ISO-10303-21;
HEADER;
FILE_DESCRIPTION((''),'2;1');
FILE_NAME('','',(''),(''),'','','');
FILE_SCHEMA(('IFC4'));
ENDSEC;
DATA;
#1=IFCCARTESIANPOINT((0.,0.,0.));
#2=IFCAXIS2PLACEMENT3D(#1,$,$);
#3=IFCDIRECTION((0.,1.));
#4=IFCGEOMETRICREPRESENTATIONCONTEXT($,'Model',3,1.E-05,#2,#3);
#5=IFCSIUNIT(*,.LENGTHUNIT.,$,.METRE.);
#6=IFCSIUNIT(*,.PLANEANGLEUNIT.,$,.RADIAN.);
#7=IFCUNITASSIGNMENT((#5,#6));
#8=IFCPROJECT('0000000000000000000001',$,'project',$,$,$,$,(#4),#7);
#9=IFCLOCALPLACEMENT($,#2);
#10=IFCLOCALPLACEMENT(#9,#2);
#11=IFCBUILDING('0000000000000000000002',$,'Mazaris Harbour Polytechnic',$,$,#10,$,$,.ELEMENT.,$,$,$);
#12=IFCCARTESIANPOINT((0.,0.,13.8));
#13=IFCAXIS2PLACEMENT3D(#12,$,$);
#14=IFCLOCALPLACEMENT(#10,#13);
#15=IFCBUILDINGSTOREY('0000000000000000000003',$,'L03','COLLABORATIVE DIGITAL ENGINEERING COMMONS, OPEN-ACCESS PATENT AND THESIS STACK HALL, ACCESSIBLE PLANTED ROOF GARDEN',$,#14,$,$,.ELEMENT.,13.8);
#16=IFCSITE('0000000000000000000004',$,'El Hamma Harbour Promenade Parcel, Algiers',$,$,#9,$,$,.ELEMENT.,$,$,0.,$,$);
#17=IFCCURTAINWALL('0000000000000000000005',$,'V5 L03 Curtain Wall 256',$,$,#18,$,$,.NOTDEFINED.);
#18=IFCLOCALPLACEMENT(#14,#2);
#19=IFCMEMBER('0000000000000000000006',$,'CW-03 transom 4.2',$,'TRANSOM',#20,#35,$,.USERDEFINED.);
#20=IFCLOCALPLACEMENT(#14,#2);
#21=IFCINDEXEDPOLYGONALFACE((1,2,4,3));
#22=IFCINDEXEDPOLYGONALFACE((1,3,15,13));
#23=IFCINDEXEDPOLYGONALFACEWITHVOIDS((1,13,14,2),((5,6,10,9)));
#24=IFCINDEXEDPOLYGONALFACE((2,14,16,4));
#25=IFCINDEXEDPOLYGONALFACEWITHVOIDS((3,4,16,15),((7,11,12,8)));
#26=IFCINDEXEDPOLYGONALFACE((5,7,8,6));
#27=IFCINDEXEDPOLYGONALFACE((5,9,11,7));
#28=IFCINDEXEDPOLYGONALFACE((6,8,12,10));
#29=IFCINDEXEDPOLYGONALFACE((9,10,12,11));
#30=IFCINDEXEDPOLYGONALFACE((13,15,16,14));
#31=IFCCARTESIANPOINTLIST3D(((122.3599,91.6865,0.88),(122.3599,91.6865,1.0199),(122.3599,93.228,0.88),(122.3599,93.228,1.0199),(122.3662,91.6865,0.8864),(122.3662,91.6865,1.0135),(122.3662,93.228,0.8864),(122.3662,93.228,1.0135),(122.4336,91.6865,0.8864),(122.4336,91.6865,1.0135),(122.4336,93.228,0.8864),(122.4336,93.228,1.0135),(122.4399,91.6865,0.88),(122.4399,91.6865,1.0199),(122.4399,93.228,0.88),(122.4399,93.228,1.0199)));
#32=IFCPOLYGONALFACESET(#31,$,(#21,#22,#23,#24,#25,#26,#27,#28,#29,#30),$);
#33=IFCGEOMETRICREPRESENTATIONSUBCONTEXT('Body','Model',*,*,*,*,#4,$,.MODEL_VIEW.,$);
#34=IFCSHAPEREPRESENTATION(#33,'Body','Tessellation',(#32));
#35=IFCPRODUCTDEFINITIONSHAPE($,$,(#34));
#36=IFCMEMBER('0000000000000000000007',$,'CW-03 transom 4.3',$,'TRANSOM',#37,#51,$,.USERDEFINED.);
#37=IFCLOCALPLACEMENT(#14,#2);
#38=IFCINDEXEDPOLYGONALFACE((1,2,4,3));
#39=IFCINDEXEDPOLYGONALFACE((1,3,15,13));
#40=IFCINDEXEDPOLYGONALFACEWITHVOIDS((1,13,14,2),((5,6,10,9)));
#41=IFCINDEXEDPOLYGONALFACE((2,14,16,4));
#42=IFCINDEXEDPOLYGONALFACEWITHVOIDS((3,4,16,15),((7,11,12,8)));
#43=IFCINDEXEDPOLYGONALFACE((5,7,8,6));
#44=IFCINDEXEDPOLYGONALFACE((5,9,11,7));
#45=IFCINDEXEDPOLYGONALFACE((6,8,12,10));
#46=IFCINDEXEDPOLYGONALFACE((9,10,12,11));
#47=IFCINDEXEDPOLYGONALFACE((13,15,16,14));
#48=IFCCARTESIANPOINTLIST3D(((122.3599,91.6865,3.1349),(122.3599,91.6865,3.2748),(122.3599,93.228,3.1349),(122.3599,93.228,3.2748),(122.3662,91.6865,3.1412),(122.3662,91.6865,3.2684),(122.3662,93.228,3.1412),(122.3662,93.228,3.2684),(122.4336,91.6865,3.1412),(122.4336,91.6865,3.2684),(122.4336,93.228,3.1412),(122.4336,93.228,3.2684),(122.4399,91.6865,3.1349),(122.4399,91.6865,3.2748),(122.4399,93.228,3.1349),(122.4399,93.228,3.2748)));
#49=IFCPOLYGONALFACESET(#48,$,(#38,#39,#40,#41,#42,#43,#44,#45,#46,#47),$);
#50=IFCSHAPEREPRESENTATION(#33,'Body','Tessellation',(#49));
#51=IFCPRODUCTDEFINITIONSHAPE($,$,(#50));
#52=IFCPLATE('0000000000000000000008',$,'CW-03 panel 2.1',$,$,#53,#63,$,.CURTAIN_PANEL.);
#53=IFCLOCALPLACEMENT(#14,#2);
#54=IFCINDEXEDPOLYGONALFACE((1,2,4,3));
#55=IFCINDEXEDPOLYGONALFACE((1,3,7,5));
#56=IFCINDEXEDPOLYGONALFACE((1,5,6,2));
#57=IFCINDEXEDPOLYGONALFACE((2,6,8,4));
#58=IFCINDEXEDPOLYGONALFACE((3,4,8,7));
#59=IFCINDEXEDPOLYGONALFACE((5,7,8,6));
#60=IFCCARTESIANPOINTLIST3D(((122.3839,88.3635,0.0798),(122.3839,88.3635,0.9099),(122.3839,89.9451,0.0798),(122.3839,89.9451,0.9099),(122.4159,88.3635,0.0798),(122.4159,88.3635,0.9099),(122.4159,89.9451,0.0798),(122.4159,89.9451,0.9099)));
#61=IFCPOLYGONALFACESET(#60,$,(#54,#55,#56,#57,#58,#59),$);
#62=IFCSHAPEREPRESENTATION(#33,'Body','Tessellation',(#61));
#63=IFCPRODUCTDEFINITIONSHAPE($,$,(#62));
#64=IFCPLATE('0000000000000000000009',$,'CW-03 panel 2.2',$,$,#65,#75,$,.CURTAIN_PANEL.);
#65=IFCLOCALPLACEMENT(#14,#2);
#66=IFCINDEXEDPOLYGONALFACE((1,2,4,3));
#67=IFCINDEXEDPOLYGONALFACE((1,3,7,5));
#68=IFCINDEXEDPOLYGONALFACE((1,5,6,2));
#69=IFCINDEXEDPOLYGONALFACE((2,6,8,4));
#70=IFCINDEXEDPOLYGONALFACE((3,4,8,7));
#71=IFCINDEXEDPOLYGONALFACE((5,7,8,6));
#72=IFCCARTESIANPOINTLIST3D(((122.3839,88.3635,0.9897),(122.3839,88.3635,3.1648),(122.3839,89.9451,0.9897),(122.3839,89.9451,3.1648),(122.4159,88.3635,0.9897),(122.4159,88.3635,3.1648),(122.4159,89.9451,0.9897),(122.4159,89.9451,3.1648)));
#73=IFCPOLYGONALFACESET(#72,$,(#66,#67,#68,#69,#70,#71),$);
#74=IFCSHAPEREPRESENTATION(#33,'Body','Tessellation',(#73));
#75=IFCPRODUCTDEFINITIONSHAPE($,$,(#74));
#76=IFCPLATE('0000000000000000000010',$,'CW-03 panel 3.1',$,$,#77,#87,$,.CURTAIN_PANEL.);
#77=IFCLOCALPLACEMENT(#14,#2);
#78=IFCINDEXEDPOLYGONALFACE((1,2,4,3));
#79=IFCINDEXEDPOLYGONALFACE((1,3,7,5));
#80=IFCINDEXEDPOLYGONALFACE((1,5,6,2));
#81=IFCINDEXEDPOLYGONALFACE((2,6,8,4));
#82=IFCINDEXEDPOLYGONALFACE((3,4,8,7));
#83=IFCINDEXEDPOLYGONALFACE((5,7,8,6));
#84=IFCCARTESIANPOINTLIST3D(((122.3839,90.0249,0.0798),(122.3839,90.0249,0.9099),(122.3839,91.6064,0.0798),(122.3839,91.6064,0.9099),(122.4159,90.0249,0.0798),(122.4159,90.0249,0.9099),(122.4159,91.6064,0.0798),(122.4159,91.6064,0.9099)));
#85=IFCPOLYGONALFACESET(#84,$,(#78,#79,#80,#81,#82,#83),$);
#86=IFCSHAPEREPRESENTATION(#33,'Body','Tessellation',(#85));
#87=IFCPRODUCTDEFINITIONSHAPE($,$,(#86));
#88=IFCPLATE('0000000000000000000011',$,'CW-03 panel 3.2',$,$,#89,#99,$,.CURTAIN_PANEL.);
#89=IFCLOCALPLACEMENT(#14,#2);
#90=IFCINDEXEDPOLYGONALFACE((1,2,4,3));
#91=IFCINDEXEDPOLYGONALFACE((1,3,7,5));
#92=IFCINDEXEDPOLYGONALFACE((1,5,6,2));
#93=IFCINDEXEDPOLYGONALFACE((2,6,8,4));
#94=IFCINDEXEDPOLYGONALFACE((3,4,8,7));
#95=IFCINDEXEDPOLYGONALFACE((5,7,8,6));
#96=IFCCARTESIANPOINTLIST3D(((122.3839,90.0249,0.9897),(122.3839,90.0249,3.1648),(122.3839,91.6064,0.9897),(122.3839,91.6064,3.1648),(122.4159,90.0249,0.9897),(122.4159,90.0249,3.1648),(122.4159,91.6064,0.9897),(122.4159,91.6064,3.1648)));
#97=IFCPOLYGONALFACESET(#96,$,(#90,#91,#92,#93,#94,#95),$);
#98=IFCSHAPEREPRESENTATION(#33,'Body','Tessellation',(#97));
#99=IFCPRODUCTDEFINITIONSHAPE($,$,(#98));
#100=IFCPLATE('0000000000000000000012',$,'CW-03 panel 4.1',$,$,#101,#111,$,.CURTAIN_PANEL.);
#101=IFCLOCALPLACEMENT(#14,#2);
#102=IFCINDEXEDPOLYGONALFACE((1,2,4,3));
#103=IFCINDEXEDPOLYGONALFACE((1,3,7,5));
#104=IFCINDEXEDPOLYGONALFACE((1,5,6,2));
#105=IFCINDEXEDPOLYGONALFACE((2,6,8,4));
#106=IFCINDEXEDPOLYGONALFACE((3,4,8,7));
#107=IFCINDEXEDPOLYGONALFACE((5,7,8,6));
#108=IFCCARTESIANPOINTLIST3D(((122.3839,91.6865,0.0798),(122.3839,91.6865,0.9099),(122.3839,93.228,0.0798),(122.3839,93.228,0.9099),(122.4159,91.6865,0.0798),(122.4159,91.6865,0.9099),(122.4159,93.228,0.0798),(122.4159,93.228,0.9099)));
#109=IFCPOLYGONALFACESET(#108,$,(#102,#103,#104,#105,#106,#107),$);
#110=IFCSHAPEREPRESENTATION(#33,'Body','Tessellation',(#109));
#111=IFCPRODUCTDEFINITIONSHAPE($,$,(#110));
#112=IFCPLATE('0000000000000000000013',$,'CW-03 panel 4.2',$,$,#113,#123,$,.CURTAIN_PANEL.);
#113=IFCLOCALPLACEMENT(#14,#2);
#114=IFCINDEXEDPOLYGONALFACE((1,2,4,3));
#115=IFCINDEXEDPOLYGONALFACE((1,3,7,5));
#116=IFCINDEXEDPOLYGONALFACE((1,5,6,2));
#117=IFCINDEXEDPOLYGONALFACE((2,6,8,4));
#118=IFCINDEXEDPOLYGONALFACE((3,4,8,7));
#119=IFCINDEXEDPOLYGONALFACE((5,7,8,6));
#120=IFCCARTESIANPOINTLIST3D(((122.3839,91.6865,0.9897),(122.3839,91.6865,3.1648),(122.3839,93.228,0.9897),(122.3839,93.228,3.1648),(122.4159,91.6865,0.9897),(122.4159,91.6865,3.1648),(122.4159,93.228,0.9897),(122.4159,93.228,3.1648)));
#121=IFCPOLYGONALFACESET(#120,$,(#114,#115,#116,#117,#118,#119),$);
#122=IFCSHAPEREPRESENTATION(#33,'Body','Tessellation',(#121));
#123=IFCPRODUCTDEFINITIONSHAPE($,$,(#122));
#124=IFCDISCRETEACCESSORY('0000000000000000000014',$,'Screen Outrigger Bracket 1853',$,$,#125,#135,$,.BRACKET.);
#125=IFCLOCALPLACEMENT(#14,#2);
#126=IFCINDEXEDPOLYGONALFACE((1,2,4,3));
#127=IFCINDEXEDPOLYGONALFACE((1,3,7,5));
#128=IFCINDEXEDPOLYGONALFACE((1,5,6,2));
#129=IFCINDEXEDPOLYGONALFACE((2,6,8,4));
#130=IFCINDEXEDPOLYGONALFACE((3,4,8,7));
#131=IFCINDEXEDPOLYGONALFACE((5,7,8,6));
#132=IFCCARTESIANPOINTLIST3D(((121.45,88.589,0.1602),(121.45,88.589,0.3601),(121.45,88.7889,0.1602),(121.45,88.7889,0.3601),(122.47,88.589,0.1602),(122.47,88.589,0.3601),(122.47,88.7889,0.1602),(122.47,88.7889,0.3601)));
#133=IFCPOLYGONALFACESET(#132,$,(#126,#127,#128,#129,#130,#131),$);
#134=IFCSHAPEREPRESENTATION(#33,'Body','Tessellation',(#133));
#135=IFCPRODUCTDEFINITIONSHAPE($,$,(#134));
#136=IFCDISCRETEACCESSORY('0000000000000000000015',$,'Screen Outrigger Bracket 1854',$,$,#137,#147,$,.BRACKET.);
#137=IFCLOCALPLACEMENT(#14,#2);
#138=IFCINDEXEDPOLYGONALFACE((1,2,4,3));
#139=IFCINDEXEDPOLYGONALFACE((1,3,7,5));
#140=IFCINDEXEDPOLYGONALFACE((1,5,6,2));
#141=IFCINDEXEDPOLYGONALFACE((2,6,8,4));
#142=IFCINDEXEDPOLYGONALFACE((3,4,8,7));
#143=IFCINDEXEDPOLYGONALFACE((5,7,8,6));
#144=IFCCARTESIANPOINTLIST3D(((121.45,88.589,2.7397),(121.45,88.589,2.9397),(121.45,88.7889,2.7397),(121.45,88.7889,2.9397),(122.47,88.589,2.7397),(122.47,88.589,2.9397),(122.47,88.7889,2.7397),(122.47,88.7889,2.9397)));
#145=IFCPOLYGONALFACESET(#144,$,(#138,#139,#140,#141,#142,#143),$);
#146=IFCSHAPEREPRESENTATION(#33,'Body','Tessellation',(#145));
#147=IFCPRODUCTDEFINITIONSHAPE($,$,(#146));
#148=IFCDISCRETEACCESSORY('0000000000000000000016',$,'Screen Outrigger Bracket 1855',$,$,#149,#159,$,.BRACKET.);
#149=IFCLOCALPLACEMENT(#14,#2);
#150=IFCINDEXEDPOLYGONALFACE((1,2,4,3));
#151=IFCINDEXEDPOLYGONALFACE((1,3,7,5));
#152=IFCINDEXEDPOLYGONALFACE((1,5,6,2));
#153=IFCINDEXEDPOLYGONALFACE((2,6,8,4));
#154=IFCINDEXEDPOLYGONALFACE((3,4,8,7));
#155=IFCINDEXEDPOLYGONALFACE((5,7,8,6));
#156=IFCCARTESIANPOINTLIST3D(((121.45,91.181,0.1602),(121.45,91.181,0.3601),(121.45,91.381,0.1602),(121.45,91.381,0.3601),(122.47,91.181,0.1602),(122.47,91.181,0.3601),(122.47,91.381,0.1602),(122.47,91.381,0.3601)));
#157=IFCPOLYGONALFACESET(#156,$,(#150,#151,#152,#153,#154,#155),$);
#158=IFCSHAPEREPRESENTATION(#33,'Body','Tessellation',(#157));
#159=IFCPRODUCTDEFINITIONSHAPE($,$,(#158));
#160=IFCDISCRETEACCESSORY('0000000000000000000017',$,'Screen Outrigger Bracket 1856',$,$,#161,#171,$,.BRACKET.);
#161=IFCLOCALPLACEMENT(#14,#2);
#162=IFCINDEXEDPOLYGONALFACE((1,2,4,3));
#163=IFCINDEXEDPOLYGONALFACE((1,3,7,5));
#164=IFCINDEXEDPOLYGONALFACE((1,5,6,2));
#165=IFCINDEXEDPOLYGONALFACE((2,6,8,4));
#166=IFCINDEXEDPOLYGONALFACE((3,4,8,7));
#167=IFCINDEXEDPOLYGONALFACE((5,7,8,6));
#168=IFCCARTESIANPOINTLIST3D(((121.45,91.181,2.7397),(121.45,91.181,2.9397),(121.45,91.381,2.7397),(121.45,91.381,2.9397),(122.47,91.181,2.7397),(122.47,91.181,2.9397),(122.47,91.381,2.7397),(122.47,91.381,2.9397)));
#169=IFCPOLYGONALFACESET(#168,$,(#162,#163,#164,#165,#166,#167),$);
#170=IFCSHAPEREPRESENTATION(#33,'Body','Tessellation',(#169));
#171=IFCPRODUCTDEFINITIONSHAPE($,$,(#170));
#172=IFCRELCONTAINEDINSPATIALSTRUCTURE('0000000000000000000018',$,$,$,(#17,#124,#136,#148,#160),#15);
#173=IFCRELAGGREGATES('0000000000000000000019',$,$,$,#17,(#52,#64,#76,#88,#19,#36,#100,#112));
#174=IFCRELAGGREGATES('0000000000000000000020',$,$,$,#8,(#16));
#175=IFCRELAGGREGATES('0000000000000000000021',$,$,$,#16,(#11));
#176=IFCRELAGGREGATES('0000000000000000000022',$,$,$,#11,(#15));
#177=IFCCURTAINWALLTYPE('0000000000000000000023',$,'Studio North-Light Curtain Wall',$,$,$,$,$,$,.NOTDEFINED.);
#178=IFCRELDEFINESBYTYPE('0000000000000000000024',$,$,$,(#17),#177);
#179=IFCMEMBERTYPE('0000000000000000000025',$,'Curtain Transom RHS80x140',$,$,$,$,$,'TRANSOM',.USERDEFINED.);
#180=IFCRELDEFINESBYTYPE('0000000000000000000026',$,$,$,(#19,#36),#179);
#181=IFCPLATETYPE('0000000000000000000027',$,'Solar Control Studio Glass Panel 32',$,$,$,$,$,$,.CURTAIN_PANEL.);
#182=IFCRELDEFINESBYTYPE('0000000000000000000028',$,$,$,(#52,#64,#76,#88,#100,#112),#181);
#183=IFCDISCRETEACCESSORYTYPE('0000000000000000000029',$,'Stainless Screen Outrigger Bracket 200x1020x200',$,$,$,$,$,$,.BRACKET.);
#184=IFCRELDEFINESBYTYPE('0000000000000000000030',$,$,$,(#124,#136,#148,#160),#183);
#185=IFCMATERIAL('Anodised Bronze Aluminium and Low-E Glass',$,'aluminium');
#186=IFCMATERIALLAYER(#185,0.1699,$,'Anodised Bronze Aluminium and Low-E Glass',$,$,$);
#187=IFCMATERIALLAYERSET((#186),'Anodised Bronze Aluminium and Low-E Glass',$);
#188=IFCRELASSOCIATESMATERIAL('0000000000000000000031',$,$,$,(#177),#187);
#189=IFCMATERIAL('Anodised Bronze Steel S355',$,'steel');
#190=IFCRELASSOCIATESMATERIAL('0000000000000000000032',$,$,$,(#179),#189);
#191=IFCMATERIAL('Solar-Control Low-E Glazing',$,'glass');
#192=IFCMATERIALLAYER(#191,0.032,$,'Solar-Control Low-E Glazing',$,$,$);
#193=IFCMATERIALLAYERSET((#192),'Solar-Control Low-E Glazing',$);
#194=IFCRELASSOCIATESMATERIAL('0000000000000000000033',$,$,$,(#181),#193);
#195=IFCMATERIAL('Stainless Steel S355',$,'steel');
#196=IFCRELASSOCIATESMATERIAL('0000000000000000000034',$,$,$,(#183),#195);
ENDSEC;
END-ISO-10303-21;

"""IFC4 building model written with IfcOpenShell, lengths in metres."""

from ifc_helpers import new_model, si_unit, direction, frame, origin, origin_2d, place, context, subcontext, project, spatial, rectangle, hollow_rectangle, extrude, material, layer, layer_set, material_profile, profile_set, type_object, element, aggregate, save


model = new_model("IFC4")

# Units and contexts
model_context = context("Model", 3, precision=1e-05, world=origin(), true_north=direction((0.0, 1.0)))
body_context = subcontext(model_context, "Body", "Model", "MODEL_VIEW")
ifc_project = project(units=[si_unit("LENGTHUNIT", "METRE"), si_unit("PLANEANGLEUNIT", "RADIAN")], contexts=[model_context])

# Site, building, storey
site_placement = place(None, origin())
site = spatial("IfcSite", under=ifc_project, at=site_placement, Name="El Hamma Harbour Promenade Parcel, Algiers", CompositionType="ELEMENT", RefElevation=0.0)
building_placement = place(site_placement, origin())
building = spatial("IfcBuilding", under=site, at=building_placement, Name="Mazaris Harbour Polytechnic", CompositionType="ELEMENT")
storey_placement = place(building_placement, frame((0.0, 0.0, 13.8)))
storey = spatial("IfcBuildingStorey", under=building, at=storey_placement, Name="L03", Description="COLLABORATIVE DIGITAL ENGINEERING COMMONS, OPEN-ACCESS PATENT AND THESIS STACK HALL, ACCESSIBLE PLANTED ROOF GARDEN", CompositionType="ELEMENT", Elevation=13.8)

# Curtain wall, members, plates
ifc_material_1 = material(Name="Anodised Bronze Aluminium and Low-E Glass", Category="aluminium")
ifc_layer_1 = layer(ifc_material_1, 0.1699, Name="Anodised Bronze Aluminium and Low-E Glass")
ifc_layer_set_1 = layer_set([ifc_layer_1], Name="Anodised Bronze Aluminium and Low-E Glass")
curtain_wall_type = type_object("IfcCurtainWallType", Name="Studio North-Light Curtain Wall", PredefinedType="NOTDEFINED", material=ifc_layer_set_1)
curtain_wall_placement = place(storey_placement, origin())
curtain_wall = element("IfcCurtainWall", 1, at=curtain_wall_placement, inside=storey, type_object=curtain_wall_type, Name="V5 L03 Curtain Wall 256", PredefinedType="NOTDEFINED")
ifc_material_2 = material(Name="Anodised Bronze Steel S355", Category="steel")
ifc_material_profile_1 = material_profile(ifc_material_2, hollow_rectangle(XDim=0.0801, YDim=0.1399, WallThickness=0.0063, at=origin_2d()), Name="RHS 80x140x6.3")
ifc_profile_set_1 = profile_set([ifc_material_profile_1], Name="Anodised Bronze Steel S355")
member_type_1 = type_object("IfcMemberType", Name="Curtain Transom RHS80x140", ElementType="TRANSOM", PredefinedType="USERDEFINED", material=ifc_profile_set_1)
member_1_placement = place(storey_placement, frame((122.3999, 91.6865, 0.95), z_axis=(0.0, 1.0, 0.0), x_axis=(-1.0, 0.0, 0.0)))
member_1 = element("IfcMember", 2, at=member_1_placement, type_object=member_type_1, Name="CW-03 transom 4.2", ObjectType="TRANSOM", PredefinedType="USERDEFINED", context=body_context, shape_type="SweptSolid", body=[
    extrude(hollow_rectangle(XDim=0.0801, YDim=0.1399, WallThickness=0.0063, at=origin_2d()), origin(), (0.0, 0.0, 1.0), 1.5415),
])
member_2_placement = place(storey_placement, frame((122.3999, 91.6865, 3.2048), z_axis=(0.0, 1.0, 0.0), x_axis=(-1.0, 0.0, 0.0)))
member_2 = element("IfcMember", 3, at=member_2_placement, type_object=member_type_1, Name="CW-03 transom 4.3", ObjectType="TRANSOM", PredefinedType="USERDEFINED", context=body_context, shape_type="SweptSolid", body=[
    extrude(hollow_rectangle(XDim=0.0801, YDim=0.1399, WallThickness=0.0063, at=origin_2d()), origin(), (0.0, 0.0, 1.0), 1.5415),
])
ifc_material_3 = material(Name="Solar-Control Low-E Glazing", Category="glass")
ifc_layer_2 = layer(ifc_material_3, 0.032, Name="Solar-Control Low-E Glazing")
ifc_layer_set_2 = layer_set([ifc_layer_2], Name="Solar-Control Low-E Glazing")
plate_type = type_object("IfcPlateType", Name="Solar Control Studio Glass Panel 32", PredefinedType="CURTAIN_PANEL", material=ifc_layer_set_2)
plate_1_placement = place(storey_placement, frame((122.3999, 89.1543, 0.0798), z_axis=(0.0, 0.0, 1.0), x_axis=(0.0, 1.0, 0.0)))
plate_1 = element("IfcPlate", 4, at=plate_1_placement, type_object=plate_type, Name="CW-03 panel 2.1", PredefinedType="CURTAIN_PANEL", context=body_context, shape_type="SweptSolid", body=[
    extrude(rectangle(XDim=1.5815, YDim=0.032, at=origin_2d()), origin(), (0.0, 0.0, 1.0), 0.8301),
])
plate_2_placement = place(storey_placement, frame((122.3999, 89.1543, 0.9897), z_axis=(0.0, 0.0, 1.0), x_axis=(0.0, 1.0, 0.0)))
plate_2 = element("IfcPlate", 5, at=plate_2_placement, type_object=plate_type, Name="CW-03 panel 2.2", PredefinedType="CURTAIN_PANEL", context=body_context, shape_type="SweptSolid", body=[
    extrude(rectangle(XDim=1.5815, YDim=0.032, at=origin_2d()), origin(), (0.0, 0.0, 1.0), 2.175),
])
plate_3_placement = place(storey_placement, frame((122.3999, 90.8157, 0.0798), z_axis=(0.0, 0.0, 1.0), x_axis=(0.0, 1.0, 0.0)))
plate_3 = element("IfcPlate", 6, at=plate_3_placement, type_object=plate_type, Name="CW-03 panel 3.1", PredefinedType="CURTAIN_PANEL", context=body_context, shape_type="SweptSolid", body=[
    extrude(rectangle(XDim=1.5815, YDim=0.032, at=origin_2d()), origin(), (0.0, 0.0, 1.0), 0.8301),
])
plate_4_placement = place(storey_placement, frame((122.3999, 90.8157, 0.9897), z_axis=(0.0, 0.0, 1.0), x_axis=(0.0, 1.0, 0.0)))
plate_4 = element("IfcPlate", 7, at=plate_4_placement, type_object=plate_type, Name="CW-03 panel 3.2", PredefinedType="CURTAIN_PANEL", context=body_context, shape_type="SweptSolid", body=[
    extrude(rectangle(XDim=1.5815, YDim=0.032, at=origin_2d()), origin(), (0.0, 0.0, 1.0), 2.175),
])
plate_5_placement = place(storey_placement, frame((122.3999, 92.4573, 0.0798), z_axis=(0.0, 0.0, 1.0), x_axis=(0.0, 1.0, 0.0)))
plate_5 = element("IfcPlate", 8, at=plate_5_placement, type_object=plate_type, Name="CW-03 panel 4.1", PredefinedType="CURTAIN_PANEL", context=body_context, shape_type="SweptSolid", body=[
    extrude(rectangle(XDim=1.5415, YDim=0.032, at=origin_2d()), origin(), (0.0, 0.0, 1.0), 0.8301),
])
plate_6_placement = place(storey_placement, frame((122.3999, 92.4573, 0.9897), z_axis=(0.0, 0.0, 1.0), x_axis=(0.0, 1.0, 0.0)))
plate_6 = element("IfcPlate", 9, at=plate_6_placement, type_object=plate_type, Name="CW-03 panel 4.2", PredefinedType="CURTAIN_PANEL", context=body_context, shape_type="SweptSolid", body=[
    extrude(rectangle(XDim=1.5415, YDim=0.032, at=origin_2d()), origin(), (0.0, 0.0, 1.0), 2.175),
])
aggregate(curtain_wall, [plate_1, plate_2, plate_3, plate_4, member_1, member_2, plate_5, plate_6])

# Discrete accessories
ifc_material_4 = material(Name="Stainless Steel S355", Category="steel")
discrete_accessory_type = type_object("IfcDiscreteAccessoryType", Name="Stainless Screen Outrigger Bracket 200x1020x200", PredefinedType="BRACKET", material=ifc_material_4)
for number, where, z_axis, x_axis, name in (
    (10, (121.96, 88.689, 0.1602), (0.0, 0.0, 1.0), (0.0, 1.0, 0.0), "Screen Outrigger Bracket 1853"),
    (11, (121.96, 88.689, 2.7397), (0.0, 0.0, 1.0), (0.0, 1.0, 0.0), "Screen Outrigger Bracket 1854"),
    (12, (121.96, 91.281, 0.1602), (0.0, 0.0, 1.0), (0.0, 1.0, 0.0), "Screen Outrigger Bracket 1855"),
    (13, (121.96, 91.281, 2.7397), (0.0, 0.0, 1.0), (0.0, 1.0, 0.0), "Screen Outrigger Bracket 1856"),
):
    element("IfcDiscreteAccessory", number, at=place(storey_placement, frame(where, z_axis=z_axis, x_axis=x_axis)), inside=storey, type_object=discrete_accessory_type, Name=name, PredefinedType="BRACKET", context=body_context, shape_type="SweptSolid", body=[
        extrude(rectangle(XDim=0.2, YDim=1.02, at=origin_2d()), origin(), (0.0, 0.0, 1.0), 0.2),
    ])

save(model, "model.ifc")
